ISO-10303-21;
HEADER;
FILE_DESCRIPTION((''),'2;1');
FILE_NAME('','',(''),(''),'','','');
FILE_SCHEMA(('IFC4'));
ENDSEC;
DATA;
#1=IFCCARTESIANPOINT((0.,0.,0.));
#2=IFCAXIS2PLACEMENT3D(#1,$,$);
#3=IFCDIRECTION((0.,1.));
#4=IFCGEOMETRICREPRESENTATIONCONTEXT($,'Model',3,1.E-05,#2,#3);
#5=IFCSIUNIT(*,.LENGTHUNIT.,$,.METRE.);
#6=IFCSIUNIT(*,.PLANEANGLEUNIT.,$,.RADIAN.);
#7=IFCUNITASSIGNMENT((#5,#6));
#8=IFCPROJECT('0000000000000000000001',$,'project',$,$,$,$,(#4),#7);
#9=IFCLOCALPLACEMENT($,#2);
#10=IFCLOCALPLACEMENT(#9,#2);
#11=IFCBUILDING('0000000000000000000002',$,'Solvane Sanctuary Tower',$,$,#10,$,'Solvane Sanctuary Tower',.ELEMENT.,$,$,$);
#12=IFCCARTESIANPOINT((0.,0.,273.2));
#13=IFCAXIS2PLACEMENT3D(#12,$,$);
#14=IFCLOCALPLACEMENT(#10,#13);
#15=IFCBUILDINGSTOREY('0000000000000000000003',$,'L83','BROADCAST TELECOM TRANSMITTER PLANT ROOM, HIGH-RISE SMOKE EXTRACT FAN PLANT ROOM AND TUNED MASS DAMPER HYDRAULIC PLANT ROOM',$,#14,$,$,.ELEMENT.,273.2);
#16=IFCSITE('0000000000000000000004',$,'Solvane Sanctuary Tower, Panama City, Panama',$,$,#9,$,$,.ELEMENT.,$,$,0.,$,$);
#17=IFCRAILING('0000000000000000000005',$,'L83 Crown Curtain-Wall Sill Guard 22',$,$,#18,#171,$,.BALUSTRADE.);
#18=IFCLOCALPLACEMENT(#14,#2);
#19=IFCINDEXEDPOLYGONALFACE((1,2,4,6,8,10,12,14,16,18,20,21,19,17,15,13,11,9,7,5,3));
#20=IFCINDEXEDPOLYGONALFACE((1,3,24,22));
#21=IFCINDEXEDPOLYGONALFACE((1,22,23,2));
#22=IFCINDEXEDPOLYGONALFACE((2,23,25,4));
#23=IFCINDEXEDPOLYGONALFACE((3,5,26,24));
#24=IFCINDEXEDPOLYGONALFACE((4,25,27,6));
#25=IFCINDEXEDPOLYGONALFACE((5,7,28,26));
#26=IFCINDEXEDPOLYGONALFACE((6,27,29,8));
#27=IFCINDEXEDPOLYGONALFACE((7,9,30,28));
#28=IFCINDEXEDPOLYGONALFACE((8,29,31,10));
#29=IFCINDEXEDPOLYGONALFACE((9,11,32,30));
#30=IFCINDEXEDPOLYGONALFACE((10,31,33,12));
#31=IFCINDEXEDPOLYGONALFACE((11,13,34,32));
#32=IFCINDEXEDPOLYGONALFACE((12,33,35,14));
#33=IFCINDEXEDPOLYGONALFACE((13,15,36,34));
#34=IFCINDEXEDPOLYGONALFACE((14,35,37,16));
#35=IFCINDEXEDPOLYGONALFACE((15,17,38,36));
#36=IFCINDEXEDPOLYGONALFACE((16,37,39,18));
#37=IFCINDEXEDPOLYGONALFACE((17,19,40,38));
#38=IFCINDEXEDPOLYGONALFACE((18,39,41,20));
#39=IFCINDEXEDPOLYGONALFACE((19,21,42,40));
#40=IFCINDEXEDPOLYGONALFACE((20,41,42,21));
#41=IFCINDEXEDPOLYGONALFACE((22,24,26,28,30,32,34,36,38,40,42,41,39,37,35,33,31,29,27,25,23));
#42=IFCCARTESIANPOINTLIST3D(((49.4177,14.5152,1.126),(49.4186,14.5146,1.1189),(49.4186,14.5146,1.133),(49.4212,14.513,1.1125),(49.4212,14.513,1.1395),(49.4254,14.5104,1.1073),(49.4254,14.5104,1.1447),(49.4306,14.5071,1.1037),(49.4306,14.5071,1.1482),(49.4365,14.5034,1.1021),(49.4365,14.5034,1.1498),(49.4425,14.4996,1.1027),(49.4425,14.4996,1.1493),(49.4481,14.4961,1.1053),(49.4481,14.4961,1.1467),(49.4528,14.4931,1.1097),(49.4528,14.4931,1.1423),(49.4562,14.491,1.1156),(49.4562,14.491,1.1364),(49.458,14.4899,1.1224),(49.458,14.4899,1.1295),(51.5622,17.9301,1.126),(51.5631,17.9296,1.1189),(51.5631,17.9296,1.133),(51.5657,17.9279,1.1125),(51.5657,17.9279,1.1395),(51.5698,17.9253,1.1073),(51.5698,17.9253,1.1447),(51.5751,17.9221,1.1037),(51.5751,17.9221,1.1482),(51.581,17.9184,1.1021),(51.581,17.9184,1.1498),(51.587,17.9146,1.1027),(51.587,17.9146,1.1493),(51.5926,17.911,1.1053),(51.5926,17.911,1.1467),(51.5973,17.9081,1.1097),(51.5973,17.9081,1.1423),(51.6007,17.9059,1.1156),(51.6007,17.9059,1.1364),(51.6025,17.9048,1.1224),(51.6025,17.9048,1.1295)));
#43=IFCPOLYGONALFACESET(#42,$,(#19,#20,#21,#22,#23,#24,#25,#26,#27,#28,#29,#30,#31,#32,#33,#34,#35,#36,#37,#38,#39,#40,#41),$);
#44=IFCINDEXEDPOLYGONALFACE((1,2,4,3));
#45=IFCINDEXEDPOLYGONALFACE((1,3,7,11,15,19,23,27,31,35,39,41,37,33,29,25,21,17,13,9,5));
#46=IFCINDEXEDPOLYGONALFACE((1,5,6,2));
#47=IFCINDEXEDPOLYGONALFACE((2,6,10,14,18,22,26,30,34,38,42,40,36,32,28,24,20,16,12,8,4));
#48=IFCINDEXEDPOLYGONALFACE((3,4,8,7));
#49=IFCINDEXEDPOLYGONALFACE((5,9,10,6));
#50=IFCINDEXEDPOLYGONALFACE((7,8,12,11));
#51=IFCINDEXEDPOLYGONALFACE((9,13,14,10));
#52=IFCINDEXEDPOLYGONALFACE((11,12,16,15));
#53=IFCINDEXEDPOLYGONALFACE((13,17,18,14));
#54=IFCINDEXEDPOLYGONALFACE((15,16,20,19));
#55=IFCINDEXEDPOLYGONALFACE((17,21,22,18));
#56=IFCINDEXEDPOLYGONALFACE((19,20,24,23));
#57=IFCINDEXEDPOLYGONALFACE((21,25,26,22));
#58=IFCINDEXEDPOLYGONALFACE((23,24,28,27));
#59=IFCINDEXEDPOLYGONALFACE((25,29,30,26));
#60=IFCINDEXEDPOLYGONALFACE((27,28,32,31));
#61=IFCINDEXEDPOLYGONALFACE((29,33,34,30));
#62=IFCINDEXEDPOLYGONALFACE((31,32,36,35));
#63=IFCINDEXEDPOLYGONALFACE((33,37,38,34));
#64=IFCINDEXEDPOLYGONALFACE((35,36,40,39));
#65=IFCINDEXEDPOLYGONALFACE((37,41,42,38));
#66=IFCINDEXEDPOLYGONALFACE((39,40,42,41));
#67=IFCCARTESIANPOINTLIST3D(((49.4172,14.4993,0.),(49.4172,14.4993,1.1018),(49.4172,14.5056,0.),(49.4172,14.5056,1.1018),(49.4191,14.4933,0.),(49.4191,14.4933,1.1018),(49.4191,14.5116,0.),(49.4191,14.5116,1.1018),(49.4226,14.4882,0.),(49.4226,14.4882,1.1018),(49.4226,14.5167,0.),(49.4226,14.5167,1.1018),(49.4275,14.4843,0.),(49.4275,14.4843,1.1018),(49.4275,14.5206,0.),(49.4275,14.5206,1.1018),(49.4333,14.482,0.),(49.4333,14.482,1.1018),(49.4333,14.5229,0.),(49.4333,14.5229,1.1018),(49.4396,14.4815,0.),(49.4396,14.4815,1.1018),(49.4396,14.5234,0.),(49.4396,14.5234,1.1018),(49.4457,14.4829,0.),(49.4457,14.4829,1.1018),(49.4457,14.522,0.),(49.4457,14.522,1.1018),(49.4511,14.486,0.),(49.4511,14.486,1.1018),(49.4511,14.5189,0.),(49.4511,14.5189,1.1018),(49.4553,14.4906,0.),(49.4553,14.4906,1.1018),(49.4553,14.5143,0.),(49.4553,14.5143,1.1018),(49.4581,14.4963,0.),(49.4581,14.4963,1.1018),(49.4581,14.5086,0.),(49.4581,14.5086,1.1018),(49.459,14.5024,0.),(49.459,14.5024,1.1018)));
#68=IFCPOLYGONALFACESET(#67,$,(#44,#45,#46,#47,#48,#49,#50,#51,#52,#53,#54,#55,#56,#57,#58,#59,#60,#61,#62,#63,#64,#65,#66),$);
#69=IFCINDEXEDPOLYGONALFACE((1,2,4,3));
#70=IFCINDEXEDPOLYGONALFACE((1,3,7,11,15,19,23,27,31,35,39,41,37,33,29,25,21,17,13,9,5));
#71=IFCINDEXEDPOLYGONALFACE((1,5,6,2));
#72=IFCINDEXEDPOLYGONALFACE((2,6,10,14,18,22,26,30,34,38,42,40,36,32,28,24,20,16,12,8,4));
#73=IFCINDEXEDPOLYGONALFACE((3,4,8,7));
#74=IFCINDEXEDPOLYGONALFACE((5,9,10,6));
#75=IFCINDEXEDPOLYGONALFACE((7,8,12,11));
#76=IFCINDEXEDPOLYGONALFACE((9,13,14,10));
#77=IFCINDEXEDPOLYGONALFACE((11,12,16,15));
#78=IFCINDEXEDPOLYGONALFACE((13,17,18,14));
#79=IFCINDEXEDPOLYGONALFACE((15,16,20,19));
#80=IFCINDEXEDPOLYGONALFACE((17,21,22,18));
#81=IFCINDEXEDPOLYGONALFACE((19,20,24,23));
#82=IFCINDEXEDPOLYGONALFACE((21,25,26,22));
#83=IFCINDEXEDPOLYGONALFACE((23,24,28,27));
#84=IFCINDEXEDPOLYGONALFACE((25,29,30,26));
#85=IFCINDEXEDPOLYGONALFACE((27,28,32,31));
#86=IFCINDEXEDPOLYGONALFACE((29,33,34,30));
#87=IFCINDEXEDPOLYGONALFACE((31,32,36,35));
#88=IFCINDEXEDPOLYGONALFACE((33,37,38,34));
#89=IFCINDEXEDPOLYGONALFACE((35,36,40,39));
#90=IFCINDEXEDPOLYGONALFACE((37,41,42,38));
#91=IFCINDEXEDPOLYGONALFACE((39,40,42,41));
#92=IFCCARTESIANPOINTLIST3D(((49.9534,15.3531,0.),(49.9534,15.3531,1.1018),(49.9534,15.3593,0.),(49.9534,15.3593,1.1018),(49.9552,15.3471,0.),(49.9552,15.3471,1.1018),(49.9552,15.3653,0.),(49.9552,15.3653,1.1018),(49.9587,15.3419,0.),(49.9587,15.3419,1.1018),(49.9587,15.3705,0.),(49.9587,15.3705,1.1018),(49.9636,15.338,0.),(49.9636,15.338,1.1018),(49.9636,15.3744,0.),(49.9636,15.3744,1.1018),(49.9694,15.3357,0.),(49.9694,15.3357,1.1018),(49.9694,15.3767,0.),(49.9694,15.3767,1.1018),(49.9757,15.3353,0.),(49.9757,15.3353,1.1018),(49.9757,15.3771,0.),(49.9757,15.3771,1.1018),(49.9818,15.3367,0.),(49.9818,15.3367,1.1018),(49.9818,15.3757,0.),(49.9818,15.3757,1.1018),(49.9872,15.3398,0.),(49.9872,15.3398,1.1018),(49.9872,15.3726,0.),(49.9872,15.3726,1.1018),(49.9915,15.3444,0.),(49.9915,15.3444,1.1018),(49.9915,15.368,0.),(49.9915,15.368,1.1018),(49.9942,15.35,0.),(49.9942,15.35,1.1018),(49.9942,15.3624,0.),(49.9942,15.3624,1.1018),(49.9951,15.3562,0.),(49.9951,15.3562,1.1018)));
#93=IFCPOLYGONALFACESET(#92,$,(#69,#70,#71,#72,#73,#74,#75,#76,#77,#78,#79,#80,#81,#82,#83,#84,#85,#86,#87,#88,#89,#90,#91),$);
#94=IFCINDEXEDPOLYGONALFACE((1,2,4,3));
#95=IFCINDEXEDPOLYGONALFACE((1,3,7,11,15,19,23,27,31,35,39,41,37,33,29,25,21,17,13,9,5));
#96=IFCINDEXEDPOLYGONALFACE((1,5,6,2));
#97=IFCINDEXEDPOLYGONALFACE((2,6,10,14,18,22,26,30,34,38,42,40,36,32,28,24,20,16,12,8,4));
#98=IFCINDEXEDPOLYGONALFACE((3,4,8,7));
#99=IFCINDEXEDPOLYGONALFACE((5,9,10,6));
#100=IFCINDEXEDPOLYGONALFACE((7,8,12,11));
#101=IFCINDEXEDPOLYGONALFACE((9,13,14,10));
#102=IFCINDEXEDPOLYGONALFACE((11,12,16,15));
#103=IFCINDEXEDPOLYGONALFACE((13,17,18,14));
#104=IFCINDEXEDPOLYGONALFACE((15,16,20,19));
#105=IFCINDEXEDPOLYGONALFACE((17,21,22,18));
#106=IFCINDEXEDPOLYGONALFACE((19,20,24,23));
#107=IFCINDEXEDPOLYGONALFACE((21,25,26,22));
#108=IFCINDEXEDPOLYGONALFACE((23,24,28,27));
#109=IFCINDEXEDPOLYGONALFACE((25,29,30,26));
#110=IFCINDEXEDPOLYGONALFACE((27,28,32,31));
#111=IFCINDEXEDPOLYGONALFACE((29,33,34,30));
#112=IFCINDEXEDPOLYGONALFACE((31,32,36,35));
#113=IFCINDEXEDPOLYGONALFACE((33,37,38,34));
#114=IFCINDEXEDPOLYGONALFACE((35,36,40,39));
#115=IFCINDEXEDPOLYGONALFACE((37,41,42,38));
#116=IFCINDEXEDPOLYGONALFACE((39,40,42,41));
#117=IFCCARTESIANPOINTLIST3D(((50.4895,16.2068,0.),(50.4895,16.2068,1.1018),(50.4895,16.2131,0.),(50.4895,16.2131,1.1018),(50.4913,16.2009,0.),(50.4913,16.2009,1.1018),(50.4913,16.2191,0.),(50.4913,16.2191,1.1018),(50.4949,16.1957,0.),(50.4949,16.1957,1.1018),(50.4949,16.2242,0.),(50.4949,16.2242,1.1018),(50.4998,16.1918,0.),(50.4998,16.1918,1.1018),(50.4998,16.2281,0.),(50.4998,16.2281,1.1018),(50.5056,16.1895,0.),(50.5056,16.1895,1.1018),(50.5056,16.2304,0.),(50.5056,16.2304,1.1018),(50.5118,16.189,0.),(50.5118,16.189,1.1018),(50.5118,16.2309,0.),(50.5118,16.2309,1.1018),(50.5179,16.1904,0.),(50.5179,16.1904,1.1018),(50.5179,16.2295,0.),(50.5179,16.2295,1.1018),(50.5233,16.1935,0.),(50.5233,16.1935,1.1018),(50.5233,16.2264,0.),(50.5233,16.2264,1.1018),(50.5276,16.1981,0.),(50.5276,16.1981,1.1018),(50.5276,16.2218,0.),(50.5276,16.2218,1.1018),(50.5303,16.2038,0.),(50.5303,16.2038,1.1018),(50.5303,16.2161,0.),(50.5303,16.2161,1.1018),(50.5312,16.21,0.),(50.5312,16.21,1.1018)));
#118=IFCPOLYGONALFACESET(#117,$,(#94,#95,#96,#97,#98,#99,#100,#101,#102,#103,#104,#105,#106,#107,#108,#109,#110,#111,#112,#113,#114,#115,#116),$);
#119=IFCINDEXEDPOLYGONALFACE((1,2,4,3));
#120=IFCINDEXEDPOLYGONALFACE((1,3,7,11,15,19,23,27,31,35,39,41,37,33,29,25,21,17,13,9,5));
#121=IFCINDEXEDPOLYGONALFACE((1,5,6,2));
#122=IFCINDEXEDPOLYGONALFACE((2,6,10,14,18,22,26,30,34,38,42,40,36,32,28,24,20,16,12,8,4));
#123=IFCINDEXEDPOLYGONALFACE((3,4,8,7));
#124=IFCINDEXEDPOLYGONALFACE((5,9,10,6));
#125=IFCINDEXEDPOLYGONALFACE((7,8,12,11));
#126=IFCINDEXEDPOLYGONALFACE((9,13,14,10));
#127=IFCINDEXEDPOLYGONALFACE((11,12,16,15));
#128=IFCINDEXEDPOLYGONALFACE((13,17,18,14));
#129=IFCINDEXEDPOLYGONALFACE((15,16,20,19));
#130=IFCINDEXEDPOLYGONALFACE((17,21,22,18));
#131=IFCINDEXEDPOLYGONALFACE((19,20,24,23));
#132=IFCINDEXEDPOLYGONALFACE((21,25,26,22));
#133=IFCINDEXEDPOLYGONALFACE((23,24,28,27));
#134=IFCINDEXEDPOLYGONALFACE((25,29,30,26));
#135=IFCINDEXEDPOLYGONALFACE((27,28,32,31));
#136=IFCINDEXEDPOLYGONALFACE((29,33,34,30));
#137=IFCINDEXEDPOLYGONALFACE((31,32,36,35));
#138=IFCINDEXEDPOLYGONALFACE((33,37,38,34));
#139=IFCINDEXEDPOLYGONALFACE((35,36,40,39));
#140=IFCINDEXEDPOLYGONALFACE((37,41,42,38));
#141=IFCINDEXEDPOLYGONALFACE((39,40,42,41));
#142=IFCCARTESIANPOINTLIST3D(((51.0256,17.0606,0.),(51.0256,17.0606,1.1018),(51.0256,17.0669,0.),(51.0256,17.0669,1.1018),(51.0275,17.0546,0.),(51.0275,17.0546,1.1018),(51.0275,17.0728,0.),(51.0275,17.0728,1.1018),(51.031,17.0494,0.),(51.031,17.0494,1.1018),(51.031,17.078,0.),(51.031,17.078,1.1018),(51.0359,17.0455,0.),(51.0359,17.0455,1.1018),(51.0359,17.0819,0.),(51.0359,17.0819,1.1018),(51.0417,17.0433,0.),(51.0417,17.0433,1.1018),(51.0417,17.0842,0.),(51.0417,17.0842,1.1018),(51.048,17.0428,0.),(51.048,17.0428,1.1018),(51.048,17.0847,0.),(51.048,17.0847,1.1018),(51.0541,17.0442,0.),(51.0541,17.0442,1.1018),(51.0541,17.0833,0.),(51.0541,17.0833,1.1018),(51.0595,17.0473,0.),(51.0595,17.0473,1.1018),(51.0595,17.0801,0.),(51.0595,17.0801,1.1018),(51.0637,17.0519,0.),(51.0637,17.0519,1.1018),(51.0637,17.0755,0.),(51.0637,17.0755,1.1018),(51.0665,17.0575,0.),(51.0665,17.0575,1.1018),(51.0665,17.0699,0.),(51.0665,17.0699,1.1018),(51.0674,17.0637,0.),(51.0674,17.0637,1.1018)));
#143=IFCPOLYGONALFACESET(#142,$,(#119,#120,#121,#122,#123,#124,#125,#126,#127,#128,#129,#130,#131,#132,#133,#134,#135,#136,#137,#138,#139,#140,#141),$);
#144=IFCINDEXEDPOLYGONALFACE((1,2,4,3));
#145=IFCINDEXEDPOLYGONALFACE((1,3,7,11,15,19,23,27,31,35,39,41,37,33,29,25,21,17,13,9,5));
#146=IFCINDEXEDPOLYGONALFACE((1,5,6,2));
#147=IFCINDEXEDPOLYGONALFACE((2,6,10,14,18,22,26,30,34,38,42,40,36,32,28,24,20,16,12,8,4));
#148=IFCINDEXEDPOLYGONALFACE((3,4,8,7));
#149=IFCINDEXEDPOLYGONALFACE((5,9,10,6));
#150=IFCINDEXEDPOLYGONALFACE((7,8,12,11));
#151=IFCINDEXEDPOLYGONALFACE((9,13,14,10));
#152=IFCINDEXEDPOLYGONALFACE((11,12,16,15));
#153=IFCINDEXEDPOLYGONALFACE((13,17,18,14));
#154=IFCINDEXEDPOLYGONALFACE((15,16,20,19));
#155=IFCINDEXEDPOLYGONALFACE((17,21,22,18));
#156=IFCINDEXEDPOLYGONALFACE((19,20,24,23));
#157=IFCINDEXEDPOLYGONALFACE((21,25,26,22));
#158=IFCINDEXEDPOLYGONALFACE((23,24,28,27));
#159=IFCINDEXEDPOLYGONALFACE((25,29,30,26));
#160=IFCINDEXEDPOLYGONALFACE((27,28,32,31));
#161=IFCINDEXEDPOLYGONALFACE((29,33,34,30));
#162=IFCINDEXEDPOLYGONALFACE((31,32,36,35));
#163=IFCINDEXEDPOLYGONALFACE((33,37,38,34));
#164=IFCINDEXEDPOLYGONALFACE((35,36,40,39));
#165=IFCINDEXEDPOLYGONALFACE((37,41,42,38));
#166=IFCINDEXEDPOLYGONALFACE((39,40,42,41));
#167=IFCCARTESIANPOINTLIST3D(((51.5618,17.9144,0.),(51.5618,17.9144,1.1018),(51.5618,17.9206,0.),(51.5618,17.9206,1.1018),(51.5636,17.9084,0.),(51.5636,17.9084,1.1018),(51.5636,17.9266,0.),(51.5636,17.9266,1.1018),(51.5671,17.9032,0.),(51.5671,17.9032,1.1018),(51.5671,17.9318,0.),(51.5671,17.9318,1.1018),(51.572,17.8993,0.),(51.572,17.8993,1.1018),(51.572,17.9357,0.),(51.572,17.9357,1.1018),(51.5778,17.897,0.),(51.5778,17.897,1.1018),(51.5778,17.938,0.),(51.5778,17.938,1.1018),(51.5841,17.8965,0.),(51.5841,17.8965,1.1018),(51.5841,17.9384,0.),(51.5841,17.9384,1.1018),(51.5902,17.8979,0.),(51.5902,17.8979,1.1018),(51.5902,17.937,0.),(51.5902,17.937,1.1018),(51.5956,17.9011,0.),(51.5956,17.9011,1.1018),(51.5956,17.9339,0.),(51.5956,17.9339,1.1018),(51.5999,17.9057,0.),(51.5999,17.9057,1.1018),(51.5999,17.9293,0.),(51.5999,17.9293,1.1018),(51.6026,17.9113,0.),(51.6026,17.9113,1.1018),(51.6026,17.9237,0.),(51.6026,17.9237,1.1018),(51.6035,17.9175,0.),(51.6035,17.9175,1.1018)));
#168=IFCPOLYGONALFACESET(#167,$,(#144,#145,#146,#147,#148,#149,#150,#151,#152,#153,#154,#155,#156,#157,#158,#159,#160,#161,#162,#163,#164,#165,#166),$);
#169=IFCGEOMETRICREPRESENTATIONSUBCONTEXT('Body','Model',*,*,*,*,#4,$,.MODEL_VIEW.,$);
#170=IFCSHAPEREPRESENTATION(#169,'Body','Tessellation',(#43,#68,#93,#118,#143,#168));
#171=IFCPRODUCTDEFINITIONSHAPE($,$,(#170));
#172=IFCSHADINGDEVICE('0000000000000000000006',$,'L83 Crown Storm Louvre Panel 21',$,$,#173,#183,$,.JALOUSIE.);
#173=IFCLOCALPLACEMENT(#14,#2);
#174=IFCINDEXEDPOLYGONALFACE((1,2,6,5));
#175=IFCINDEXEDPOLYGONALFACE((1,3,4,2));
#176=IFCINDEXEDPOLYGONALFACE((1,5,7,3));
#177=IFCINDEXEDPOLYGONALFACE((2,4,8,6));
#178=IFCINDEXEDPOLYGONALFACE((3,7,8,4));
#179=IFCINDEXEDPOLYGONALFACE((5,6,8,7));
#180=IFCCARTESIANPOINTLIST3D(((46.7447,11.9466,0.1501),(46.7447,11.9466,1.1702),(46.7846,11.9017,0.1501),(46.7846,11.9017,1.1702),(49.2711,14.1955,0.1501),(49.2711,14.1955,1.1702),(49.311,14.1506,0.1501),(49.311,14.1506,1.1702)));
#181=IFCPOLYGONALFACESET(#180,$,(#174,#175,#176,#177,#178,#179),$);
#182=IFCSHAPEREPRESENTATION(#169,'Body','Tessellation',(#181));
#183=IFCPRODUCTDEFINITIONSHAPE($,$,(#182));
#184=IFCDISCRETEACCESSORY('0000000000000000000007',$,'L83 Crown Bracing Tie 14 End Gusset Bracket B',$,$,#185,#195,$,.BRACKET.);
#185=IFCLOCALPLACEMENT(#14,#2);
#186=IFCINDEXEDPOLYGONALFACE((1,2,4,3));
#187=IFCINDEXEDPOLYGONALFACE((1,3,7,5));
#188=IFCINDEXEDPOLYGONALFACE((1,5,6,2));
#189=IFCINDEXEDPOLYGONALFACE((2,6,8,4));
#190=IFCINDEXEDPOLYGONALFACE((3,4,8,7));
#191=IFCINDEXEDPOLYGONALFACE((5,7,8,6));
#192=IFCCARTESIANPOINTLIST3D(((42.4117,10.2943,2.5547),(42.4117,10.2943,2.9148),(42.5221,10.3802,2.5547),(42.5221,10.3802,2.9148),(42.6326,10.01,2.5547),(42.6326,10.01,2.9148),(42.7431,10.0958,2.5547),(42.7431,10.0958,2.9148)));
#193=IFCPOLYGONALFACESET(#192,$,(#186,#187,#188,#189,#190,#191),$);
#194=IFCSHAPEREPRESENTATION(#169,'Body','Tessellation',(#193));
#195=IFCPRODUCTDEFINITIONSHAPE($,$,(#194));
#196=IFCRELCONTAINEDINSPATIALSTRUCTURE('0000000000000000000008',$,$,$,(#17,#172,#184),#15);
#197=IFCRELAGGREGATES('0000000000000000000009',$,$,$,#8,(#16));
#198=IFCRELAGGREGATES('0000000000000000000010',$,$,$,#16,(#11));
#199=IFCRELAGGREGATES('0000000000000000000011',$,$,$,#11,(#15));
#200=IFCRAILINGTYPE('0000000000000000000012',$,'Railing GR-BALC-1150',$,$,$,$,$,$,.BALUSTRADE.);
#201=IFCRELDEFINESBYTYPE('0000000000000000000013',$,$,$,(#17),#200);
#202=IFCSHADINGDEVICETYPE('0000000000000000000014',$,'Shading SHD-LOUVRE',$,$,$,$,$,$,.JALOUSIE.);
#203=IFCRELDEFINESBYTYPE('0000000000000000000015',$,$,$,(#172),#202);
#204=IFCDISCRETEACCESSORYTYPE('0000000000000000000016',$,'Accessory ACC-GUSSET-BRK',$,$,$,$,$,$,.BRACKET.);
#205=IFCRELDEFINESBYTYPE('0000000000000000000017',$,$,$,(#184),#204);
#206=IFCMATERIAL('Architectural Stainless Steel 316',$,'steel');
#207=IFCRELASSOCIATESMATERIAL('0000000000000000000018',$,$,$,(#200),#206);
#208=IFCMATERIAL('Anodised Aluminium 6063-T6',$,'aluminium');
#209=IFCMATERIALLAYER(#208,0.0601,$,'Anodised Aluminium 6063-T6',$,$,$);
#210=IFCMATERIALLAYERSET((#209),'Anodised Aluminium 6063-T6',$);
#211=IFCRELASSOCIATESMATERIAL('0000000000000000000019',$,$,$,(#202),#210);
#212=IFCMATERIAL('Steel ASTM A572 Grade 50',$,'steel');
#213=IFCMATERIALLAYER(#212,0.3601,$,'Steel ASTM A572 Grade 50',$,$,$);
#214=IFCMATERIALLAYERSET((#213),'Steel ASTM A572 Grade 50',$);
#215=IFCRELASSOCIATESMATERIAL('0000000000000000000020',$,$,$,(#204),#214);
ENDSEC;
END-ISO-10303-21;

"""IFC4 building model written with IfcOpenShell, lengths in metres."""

from ifc_helpers import new_model, si_unit, direction, frame, origin, origin_2d, place, context, subcontext, project, spatial, rectangle, circle, extrude, material, layer, layer_set, type_object, element, save


model = new_model("IFC4")

# Units and contexts
model_context = context("Model", 3, precision=1e-05, world=origin(), true_north=direction((0.0, 1.0)))
body_context = subcontext(model_context, "Body", "Model", "MODEL_VIEW")
ifc_project = project(units=[si_unit("LENGTHUNIT", "METRE"), si_unit("PLANEANGLEUNIT", "RADIAN")], contexts=[model_context])

# Site, building, storey
site_placement = place(None, origin())
site = spatial("IfcSite", under=ifc_project, at=site_placement, Name="Solvane Sanctuary Tower, Panama City, Panama", CompositionType="ELEMENT", RefElevation=0.0)
building_placement = place(site_placement, origin())
building = spatial("IfcBuilding", under=site, at=building_placement, Name="Solvane Sanctuary Tower", LongName="Solvane Sanctuary Tower", CompositionType="ELEMENT")
storey_placement = place(building_placement, frame((0.0, 0.0, 273.2)))
storey = spatial("IfcBuildingStorey", under=building, at=storey_placement, Name="L83", Description="BROADCAST TELECOM TRANSMITTER PLANT ROOM, HIGH-RISE SMOKE EXTRACT FAN PLANT ROOM AND TUNED MASS DAMPER HYDRAULIC PLANT ROOM", CompositionType="ELEMENT", Elevation=273.2)

# Shared definitions
ifc_material_1 = material(Name="Anodised Aluminium 6063-T6", Category="aluminium")

# Railing
ifc_material_2 = material(Name="Architectural Stainless Steel 316", Category="steel")
railing_type = type_object("IfcRailingType", Name="Railing GR-BALC-1150", PredefinedType="BALUSTRADE", material=ifc_material_2)
railing_1_placement = place(storey_placement, frame((49.438, 14.5024, 0.0)))
element("IfcRailing", 1, at=railing_1_placement, inside=storey, type_object=railing_type, Name="L83 Crown Curtain-Wall Sill Guard 22", PredefinedType="BALUSTRADE", context=body_context, shape_type="SweptSolid", body=[
    extrude(circle(Radius=0.0239, at=origin_2d()), frame((0.0, 0.0, 1.126), z_axis=(0.531804, 0.846867, 0.0), x_axis=(-0.846867, 0.531804, 0.0)), (0.0, 0.0, 1.0), 4.0325),
    extrude(circle(Radius=0.021, at=origin_2d()), origin(), (0.0, 0.0, 1.0), 1.1018),
    extrude(circle(Radius=0.021, at=origin_2d()), frame((0.5361, 0.8538, 0.0)), (0.0, 0.0, 1.0), 1.1018),
    extrude(circle(Radius=0.021, at=origin_2d()), frame((1.0723, 1.7075, 0.0)), (0.0, 0.0, 1.0), 1.1018),
    extrude(circle(Radius=0.021, at=origin_2d()), frame((1.6084, 2.5613, 0.0)), (0.0, 0.0, 1.0), 1.1018),
    extrude(circle(Radius=0.021, at=origin_2d()), frame((2.1445, 3.415, 0.0)), (0.0, 0.0, 1.0), 1.1018),
])

# Shading device
ifc_layer_1 = layer(ifc_material_1, 0.0601, Name="Anodised Aluminium 6063-T6")
ifc_layer_set_1 = layer_set([ifc_layer_1], Name="Anodised Aluminium 6063-T6")
shading_device_type = type_object("IfcShadingDeviceType", Name="Shading SHD-LOUVRE", PredefinedType="JALOUSIE", material=ifc_layer_set_1)
shading_device_placement = place(storey_placement, frame((48.0278, 13.0486, 0.1501), z_axis=(0.0, 0.0, 1.0), x_axis=(0.746935, 0.664897, 0.0)))
element("IfcShadingDevice", 2, at=shading_device_placement, inside=storey, type_object=shading_device_type, Name="L83 Crown Storm Louvre Panel 21", PredefinedType="JALOUSIE", context=body_context, shape_type="SweptSolid", body=[
    extrude(rectangle(XDim=3.3823, YDim=0.0601, at=origin_2d()), origin(), (0.0, 0.0, 1.0), 1.02),
])

# Discrete accessory
ifc_material_3 = material(Name="Steel ASTM A572 Grade 50", Category="steel")
ifc_layer_2 = layer(ifc_material_3, 0.3601, Name="Steel ASTM A572 Grade 50")
ifc_layer_set_2 = layer_set([ifc_layer_2], Name="Steel ASTM A572 Grade 50")
discrete_accessory_type = type_object("IfcDiscreteAccessoryType", Name="Accessory ACC-GUSSET-BRK", PredefinedType="BRACKET", material=ifc_layer_set_2)
discrete_accessory_placement = place(storey_placement, frame((42.5774, 10.1951, 2.5547), z_axis=(0.0, 0.0, 1.0), x_axis=(0.613596, -0.78962, 0.0)))
element("IfcDiscreteAccessory", 3, at=discrete_accessory_placement, inside=storey, type_object=discrete_accessory_type, Name="L83 Crown Bracing Tie 14 End Gusset Bracket B", PredefinedType="BRACKET", context=body_context, shape_type="SweptSolid", body=[
    extrude(rectangle(XDim=0.3601, YDim=0.1399, at=origin_2d()), origin(), (0.0, 0.0, 1.0), 0.3601),
])

save(model, "model.ifc")
